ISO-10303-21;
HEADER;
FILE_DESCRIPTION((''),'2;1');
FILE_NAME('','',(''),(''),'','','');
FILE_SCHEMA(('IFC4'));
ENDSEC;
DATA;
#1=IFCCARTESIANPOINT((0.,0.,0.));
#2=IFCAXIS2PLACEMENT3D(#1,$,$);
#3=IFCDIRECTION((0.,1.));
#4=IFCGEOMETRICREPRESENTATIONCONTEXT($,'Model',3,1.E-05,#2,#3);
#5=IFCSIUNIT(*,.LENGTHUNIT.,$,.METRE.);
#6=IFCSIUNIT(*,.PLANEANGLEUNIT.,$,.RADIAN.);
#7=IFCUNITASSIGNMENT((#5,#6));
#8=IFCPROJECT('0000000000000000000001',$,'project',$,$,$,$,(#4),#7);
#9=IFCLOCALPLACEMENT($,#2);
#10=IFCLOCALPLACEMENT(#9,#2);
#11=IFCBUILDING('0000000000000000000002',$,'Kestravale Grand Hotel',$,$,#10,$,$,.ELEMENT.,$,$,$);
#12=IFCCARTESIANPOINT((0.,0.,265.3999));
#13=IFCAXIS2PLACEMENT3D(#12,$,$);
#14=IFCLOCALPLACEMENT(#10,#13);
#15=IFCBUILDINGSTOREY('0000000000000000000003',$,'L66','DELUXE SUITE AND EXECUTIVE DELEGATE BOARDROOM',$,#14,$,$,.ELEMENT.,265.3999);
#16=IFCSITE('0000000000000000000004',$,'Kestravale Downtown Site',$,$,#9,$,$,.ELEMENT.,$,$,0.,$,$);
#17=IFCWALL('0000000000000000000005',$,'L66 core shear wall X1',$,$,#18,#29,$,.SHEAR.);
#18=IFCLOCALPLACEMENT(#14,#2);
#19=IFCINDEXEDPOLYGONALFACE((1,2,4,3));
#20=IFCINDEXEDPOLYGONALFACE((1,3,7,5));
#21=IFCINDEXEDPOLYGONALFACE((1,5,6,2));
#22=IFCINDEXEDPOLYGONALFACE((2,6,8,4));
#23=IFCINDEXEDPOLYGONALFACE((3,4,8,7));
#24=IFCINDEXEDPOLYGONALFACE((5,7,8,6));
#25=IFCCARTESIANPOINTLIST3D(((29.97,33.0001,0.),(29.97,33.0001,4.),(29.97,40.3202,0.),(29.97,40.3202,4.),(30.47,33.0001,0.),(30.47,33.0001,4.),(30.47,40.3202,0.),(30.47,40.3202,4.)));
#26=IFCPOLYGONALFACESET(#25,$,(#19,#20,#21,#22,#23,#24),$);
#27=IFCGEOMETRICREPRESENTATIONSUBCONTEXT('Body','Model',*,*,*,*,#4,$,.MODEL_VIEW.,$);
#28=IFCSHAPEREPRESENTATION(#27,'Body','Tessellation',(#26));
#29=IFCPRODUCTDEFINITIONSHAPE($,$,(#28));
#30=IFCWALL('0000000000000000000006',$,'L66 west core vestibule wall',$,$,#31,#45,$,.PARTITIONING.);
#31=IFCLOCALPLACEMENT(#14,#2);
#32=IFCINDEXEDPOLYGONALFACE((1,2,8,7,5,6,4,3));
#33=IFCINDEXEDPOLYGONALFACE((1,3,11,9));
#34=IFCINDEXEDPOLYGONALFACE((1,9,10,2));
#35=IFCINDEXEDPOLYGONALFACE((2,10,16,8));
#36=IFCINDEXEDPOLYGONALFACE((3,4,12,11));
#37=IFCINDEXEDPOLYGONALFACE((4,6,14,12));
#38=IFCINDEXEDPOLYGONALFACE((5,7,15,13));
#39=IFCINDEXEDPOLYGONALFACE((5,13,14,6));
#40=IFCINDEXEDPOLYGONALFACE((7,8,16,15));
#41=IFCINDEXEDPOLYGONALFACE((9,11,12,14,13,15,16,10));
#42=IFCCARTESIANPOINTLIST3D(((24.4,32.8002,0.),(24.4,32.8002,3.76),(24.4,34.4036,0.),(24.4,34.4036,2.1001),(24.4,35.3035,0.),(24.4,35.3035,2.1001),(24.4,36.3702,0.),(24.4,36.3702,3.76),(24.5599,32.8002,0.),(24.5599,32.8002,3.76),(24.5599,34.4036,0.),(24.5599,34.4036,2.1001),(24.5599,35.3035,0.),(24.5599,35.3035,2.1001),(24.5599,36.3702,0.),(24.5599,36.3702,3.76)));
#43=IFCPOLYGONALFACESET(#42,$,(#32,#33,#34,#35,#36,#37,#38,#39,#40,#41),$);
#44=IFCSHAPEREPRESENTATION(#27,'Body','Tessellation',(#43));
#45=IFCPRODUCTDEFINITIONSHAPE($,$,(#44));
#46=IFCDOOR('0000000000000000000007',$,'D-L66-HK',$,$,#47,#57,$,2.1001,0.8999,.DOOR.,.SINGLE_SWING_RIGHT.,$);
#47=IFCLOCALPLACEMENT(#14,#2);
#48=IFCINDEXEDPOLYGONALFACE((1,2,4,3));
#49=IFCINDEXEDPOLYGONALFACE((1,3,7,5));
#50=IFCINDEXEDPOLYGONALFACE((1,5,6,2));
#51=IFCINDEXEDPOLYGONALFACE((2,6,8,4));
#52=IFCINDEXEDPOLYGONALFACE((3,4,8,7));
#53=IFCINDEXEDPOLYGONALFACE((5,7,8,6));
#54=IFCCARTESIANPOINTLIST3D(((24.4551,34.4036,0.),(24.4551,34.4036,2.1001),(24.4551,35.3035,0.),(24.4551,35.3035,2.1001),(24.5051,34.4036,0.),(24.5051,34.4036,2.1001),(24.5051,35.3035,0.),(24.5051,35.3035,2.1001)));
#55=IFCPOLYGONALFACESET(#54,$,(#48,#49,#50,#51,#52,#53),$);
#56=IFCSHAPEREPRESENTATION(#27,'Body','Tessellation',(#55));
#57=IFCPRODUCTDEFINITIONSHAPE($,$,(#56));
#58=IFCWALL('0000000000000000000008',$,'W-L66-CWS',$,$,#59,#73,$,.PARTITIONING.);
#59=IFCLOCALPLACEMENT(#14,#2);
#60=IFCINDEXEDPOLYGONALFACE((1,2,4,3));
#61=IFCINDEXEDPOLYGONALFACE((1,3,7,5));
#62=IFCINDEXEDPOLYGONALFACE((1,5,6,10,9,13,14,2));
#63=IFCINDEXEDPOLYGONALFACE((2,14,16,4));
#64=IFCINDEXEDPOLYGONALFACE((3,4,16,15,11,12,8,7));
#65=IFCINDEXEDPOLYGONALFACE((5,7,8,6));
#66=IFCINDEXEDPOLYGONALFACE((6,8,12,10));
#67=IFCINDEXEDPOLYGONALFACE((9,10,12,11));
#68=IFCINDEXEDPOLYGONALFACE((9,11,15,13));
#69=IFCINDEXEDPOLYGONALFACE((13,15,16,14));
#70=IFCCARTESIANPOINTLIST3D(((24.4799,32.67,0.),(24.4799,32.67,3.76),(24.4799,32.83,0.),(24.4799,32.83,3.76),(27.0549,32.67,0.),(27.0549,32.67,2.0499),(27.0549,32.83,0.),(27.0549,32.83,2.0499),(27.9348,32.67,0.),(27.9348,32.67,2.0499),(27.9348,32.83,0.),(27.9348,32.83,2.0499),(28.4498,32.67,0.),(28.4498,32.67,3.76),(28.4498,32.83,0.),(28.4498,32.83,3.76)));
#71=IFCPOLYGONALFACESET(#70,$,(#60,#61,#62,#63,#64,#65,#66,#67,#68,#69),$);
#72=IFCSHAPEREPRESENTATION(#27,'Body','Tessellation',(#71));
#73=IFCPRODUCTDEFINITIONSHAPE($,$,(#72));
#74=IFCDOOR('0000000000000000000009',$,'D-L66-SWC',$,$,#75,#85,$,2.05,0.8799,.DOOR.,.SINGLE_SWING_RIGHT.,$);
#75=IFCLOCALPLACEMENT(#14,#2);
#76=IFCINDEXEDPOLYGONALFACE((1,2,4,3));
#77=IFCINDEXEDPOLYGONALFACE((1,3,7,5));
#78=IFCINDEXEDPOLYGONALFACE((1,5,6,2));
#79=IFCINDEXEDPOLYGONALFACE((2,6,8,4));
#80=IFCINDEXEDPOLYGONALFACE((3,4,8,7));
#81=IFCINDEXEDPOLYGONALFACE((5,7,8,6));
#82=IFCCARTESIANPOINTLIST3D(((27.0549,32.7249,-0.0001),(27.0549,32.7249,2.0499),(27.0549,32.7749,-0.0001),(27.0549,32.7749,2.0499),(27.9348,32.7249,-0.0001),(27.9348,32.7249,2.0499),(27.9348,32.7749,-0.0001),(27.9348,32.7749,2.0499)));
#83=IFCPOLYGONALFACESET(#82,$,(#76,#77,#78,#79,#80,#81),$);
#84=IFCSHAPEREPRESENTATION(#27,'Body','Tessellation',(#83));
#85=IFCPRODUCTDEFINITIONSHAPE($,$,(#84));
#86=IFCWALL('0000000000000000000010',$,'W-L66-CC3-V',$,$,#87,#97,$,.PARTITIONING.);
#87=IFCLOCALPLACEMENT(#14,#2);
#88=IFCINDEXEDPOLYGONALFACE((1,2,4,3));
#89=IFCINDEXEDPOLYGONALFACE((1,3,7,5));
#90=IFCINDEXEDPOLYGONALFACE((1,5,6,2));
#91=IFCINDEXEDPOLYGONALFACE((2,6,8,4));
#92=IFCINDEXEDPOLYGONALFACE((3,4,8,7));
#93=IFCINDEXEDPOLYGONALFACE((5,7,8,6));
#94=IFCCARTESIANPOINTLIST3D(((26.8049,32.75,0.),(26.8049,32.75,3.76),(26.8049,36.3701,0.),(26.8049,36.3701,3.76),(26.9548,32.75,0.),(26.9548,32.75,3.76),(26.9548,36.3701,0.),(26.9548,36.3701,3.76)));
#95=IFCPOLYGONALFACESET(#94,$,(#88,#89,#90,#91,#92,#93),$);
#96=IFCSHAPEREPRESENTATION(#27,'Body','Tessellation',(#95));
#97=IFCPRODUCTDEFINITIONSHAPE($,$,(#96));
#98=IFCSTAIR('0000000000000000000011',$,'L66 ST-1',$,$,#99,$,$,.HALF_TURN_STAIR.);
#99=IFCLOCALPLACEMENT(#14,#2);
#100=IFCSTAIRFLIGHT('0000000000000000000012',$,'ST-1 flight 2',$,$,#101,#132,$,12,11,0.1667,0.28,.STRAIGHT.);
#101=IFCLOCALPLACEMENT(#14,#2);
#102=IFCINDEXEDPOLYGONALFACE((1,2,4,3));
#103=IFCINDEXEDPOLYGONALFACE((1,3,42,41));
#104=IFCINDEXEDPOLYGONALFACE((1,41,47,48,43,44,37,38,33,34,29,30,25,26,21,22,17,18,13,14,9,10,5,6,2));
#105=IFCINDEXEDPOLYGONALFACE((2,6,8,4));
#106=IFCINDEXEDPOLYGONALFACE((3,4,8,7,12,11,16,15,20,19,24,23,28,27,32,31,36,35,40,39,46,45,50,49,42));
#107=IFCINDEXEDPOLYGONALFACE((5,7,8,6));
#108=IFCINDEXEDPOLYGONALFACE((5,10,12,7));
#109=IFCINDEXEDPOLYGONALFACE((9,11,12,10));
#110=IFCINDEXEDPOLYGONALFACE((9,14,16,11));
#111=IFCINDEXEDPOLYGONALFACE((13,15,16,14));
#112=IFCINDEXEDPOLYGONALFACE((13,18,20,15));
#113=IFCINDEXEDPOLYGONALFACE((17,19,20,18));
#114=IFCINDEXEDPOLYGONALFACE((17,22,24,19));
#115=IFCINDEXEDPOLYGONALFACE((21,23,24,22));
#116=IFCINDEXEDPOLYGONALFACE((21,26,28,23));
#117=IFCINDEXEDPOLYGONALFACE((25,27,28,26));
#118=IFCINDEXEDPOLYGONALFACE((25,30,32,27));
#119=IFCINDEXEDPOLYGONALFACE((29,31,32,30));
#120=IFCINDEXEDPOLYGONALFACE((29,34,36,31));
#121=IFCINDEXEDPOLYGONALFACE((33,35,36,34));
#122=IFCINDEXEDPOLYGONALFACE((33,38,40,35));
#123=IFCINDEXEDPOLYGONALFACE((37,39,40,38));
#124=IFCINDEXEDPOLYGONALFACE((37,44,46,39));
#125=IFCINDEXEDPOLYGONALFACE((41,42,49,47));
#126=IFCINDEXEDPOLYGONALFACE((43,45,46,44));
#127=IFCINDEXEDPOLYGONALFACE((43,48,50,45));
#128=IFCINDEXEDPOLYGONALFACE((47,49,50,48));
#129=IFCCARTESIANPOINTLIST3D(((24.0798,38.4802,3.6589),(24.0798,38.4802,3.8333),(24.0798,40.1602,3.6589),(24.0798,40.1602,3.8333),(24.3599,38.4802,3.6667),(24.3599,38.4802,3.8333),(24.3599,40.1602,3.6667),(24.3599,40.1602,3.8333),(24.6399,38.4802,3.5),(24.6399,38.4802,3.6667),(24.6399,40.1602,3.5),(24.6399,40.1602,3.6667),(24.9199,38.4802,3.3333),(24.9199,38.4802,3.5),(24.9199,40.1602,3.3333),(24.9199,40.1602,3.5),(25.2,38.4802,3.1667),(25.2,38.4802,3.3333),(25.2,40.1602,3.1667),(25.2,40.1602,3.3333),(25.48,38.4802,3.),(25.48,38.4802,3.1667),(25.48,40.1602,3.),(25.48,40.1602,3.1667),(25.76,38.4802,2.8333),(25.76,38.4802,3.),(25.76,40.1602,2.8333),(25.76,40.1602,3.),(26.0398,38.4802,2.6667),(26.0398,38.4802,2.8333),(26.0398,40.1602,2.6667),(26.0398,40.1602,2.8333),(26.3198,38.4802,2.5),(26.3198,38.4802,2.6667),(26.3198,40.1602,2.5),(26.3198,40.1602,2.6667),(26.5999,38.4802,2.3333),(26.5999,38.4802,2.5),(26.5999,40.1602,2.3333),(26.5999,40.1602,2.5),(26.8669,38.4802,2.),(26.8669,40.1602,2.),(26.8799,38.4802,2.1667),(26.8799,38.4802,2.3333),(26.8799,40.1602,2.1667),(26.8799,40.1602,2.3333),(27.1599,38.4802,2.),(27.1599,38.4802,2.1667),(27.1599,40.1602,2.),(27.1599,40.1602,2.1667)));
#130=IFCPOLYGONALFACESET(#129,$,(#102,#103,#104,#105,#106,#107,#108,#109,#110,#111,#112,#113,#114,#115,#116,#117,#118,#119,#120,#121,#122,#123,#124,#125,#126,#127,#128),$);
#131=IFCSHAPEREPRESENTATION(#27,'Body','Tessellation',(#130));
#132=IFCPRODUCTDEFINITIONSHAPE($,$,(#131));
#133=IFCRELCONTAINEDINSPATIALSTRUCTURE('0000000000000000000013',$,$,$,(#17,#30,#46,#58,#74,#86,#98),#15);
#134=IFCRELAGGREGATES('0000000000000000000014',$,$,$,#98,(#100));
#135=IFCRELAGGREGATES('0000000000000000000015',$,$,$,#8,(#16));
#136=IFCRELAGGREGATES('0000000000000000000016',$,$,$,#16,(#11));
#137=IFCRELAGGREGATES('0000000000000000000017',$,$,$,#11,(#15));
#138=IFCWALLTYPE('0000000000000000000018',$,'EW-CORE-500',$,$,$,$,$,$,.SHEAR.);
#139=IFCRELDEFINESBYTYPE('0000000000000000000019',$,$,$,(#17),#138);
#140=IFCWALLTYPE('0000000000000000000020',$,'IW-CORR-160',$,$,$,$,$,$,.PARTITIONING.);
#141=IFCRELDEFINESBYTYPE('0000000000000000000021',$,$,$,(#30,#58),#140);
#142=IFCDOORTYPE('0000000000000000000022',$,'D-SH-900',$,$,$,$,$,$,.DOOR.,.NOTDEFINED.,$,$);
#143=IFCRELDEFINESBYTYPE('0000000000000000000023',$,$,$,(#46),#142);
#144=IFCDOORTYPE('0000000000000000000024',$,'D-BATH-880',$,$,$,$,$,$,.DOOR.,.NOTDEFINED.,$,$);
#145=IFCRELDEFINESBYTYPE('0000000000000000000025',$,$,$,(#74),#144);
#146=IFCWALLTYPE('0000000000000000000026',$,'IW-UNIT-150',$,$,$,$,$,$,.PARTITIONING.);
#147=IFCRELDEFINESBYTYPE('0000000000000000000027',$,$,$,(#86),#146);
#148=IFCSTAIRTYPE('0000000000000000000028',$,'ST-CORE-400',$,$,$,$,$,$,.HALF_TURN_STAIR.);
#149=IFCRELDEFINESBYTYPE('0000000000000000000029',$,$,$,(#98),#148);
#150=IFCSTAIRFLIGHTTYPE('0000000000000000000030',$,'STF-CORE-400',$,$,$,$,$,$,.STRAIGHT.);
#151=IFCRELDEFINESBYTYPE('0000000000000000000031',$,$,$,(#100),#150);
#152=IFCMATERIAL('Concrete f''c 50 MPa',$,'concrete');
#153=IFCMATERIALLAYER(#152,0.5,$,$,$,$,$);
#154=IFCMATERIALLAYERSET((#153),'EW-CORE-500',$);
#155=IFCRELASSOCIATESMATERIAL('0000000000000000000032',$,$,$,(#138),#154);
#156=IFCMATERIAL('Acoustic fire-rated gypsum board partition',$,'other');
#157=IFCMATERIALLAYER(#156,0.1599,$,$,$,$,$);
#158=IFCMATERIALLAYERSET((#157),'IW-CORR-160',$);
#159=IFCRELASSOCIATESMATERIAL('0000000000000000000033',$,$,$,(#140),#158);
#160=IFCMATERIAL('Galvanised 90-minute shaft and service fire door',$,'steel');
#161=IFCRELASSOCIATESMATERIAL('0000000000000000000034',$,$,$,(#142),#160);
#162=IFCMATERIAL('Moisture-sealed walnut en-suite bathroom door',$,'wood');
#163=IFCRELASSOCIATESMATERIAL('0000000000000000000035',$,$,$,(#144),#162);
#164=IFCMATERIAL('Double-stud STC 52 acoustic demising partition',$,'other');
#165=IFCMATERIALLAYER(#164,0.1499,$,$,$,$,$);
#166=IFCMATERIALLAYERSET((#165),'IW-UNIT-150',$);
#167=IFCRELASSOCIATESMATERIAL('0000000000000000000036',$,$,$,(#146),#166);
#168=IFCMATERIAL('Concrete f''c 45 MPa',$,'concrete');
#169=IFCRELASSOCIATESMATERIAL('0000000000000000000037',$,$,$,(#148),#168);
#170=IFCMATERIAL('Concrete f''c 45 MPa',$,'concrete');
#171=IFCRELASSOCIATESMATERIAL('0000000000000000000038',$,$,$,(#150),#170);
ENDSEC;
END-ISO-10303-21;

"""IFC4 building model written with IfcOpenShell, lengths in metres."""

from ifc_helpers import new_model, si_unit, direction, frame, frame_2d, origin, place, context, subcontext, project, spatial, polyline, rectangle, outline, extrude, material, layer, layer_set, type_object, element, fill, aggregate, save


model = new_model("IFC4")

# Units and contexts
model_context = context("Model", 3, precision=1e-05, world=origin(), true_north=direction((0.0, 1.0)))
body_context = subcontext(model_context, "Body", "Model", "MODEL_VIEW")
ifc_project = project(units=[si_unit("LENGTHUNIT", "METRE"), si_unit("PLANEANGLEUNIT", "RADIAN")], contexts=[model_context])

# Site, building, storey
site_placement = place(None, origin())
site = spatial("IfcSite", under=ifc_project, at=site_placement, Name="Kestravale Downtown Site", CompositionType="ELEMENT", RefElevation=0.0)
building_placement = place(site_placement, origin())
building = spatial("IfcBuilding", under=site, at=building_placement, Name="Kestravale Grand Hotel", CompositionType="ELEMENT")
storey_placement = place(building_placement, frame((0.0, 0.0, 265.3999)))
storey = spatial("IfcBuildingStorey", under=building, at=storey_placement, Name="L66", Description="DELUXE SUITE AND EXECUTIVE DELEGATE BOARDROOM", CompositionType="ELEMENT", Elevation=265.3999)

# Wall
ifc_material_1 = material(Name="Concrete f'c 50 MPa", Category="concrete")
ifc_layer_1 = layer(ifc_material_1, 0.5)
ifc_layer_set_1 = layer_set([ifc_layer_1], Name="EW-CORE-500")
wall_type_1 = type_object("IfcWallType", Name="EW-CORE-500", PredefinedType="SHEAR", material=ifc_layer_set_1)
wall_1_placement = place(storey_placement, frame((30.22, 33.0, 0.0), z_axis=(0.0, 0.0, 1.0), x_axis=(0.0, 1.0, 0.0)))
element("IfcWall", 1, at=wall_1_placement, inside=storey, type_object=wall_type_1, Name="L66 core shear wall X1", PredefinedType="SHEAR", context=body_context, shape_type="SweptSolid", body=[
    extrude(rectangle(XDim=7.3201, YDim=0.5, at=frame_2d((3.6602, 0.0))), origin(), (0.0, 0.0, 1.0), 4.0),
])

# Walls, openings, doors
ifc_material_2 = material(Name="Acoustic fire-rated gypsum board partition", Category="other")
ifc_layer_2 = layer(ifc_material_2, 0.1599)
ifc_layer_set_2 = layer_set([ifc_layer_2], Name="IW-CORR-160")
wall_type_2 = type_object("IfcWallType", Name="IW-CORR-160", PredefinedType="PARTITIONING", material=ifc_layer_set_2)
wall_2_placement = place(storey_placement, frame((24.48, 32.8, 0.0), z_axis=(0.0, 0.0, 1.0), x_axis=(0.0, 1.0, 0.0)))
wall_2 = element("IfcWall", 2, at=wall_2_placement, inside=storey, type_object=wall_type_2, Name="L66 west core vestibule wall", PredefinedType="PARTITIONING", context=body_context, shape_type="SweptSolid", body=[
    extrude(rectangle(XDim=3.5701, YDim=0.1599, at=frame_2d((1.7852, 0.0))), origin(), (0.0, 0.0, 1.0), 3.76),
])
opening_1_placement = place(wall_2_placement, frame((1.6035, 0.0, 0.0)))
opening_1 = element("IfcOpeningElement", 3, at=opening_1_placement, cuts=wall_2, PredefinedType="OPENING", context=body_context, shape_type="SweptSolid", body=[
    extrude(rectangle(XDim=0.8999, YDim=2.1001, at=frame_2d((0.45, 1.05))), frame((0.0, 0.0898, 0.0), z_axis=(0.0, -1.0, 0.0), x_axis=(1.0, 0.0, 0.0)), (0.0, 0.0, 1.0), 0.1799),
])
ifc_material_3 = material(Name="Galvanised 90-minute shaft and service fire door", Category="steel")
door_type_1 = type_object("IfcDoorType", Name="D-SH-900", OperationType="NOTDEFINED", PredefinedType="DOOR", material=ifc_material_3)
door_1_placement = place(opening_1_placement, origin())
door_1 = element("IfcDoor", 4, at=door_1_placement, inside=storey, type_object=door_type_1, Name="D-L66-HK", OperationType="SINGLE_SWING_RIGHT", OverallHeight=2.1001, OverallWidth=0.8999, PredefinedType="DOOR", context=body_context, shape_type="SweptSolid", body=[
    extrude(rectangle(XDim=0.8999, YDim=2.1001, at=frame_2d((0.45, 1.05))), frame((0.0, 0.0249, 0.0), z_axis=(0.0, -1.0, 0.0), x_axis=(1.0, 0.0, 0.0)), (0.0, 0.0, 1.0), 0.05),
])
fill(opening_1, door_1)
wall_3_placement = place(storey_placement, frame((24.48, 32.75, 0.0), z_axis=(0.0, 0.0, 1.0), x_axis=(1.0, 0.0, 0.0)))
wall_3 = element("IfcWall", 5, at=wall_3_placement, inside=storey, type_object=wall_type_2, Name="W-L66-CWS", PredefinedType="PARTITIONING", context=body_context, shape_type="SweptSolid", body=[
    extrude(rectangle(XDim=3.97, YDim=0.1599, at=frame_2d((1.9849, 0.0))), origin(), (0.0, 0.0, 1.0), 3.76),
])
opening_2_placement = place(wall_3_placement, frame((2.575, 0.0, 0.0)))
opening_2 = element("IfcOpeningElement", 6, at=opening_2_placement, cuts=wall_3, PredefinedType="OPENING", context=body_context, shape_type="SweptSolid", body=[
    extrude(rectangle(XDim=0.8799, YDim=2.05, at=frame_2d((0.4399, 1.0249))), frame((0.0, 0.0898, 0.0), z_axis=(0.0, -1.0, 0.0), x_axis=(1.0, 0.0, 0.0)), (0.0, 0.0, 1.0), 0.1799),
])
ifc_material_4 = material(Name="Moisture-sealed walnut en-suite bathroom door", Category="wood")
door_type_2 = type_object("IfcDoorType", Name="D-BATH-880", OperationType="NOTDEFINED", PredefinedType="DOOR", material=ifc_material_4)
door_2_placement = place(opening_2_placement, origin())
door_2 = element("IfcDoor", 7, at=door_2_placement, inside=storey, type_object=door_type_2, Name="D-L66-SWC", OperationType="SINGLE_SWING_RIGHT", OverallHeight=2.05, OverallWidth=0.8799, PredefinedType="DOOR", context=body_context, shape_type="SweptSolid", body=[
    extrude(rectangle(XDim=0.8799, YDim=2.05, at=frame_2d((0.4399, 1.0249))), frame((0.0, 0.0249, 0.0), z_axis=(0.0, -1.0, 0.0), x_axis=(1.0, 0.0, 0.0)), (0.0, 0.0, 1.0), 0.05),
])
fill(opening_2, door_2)

# Wall
ifc_material_5 = material(Name="Double-stud STC 52 acoustic demising partition", Category="other")
ifc_layer_3 = layer(ifc_material_5, 0.1499)
ifc_layer_set_3 = layer_set([ifc_layer_3], Name="IW-UNIT-150")
wall_type_3 = type_object("IfcWallType", Name="IW-UNIT-150", PredefinedType="PARTITIONING", material=ifc_layer_set_3)
wall_4_placement = place(storey_placement, frame((26.8799, 32.75, 0.0), z_axis=(0.0, 0.0, 1.0), x_axis=(0.0, 1.0, 0.0)))
element("IfcWall", 8, at=wall_4_placement, inside=storey, type_object=wall_type_3, Name="W-L66-CC3-V", PredefinedType="PARTITIONING", context=body_context, shape_type="SweptSolid", body=[
    extrude(rectangle(XDim=3.6201, YDim=0.1499, at=frame_2d((1.8101, 0.0))), origin(), (0.0, 0.0, 1.0), 3.76),
])

# Stair, stair flight
ifc_material_6 = material(Name="Concrete f'c 45 MPa", Category="concrete")
stair_type = type_object("IfcStairType", Name="ST-CORE-400", PredefinedType="HALF_TURN_STAIR", material=ifc_material_6)
stair_placement = place(storey_placement, origin())
stair = element("IfcStair", 9, at=stair_placement, inside=storey, type_object=stair_type, Name="L66 ST-1", PredefinedType="HALF_TURN_STAIR")
ifc_material_7 = material(Name="Concrete f'c 45 MPa", Category="concrete")
stair_flight_type = type_object("IfcStairFlightType", Name="STF-CORE-400", PredefinedType="STRAIGHT", material=ifc_material_7)
stair_flight_placement = place(storey_placement, frame((27.1599, 39.3201, 2.0), z_axis=(0.0, 0.0, 1.0), x_axis=(-1.0, 0.0, 0.0)))
stair_flight = element("IfcStairFlight", 10, at=stair_flight_placement, type_object=stair_flight_type, Name="ST-1 flight 2", NumberOfRisers=12, NumberOfTreads=11, PredefinedType="STRAIGHT", RiserHeight=0.1667, TreadLength=0.28, context=body_context, shape_type="SweptSolid", body=[
    extrude(outline(polyline([(0.0, 0.0), (0.0, 0.1667), (0.28, 0.1667), (0.28, 0.3333), (0.5601, 0.3333), (0.5601, 0.5), (0.8401, 0.5), (0.8401, 0.6667), (1.1201, 0.6667), (1.1201, 0.8333), (1.3999, 0.8333), (1.3999, 1.0), (1.6799, 1.0), (1.6799, 1.1667), (1.96, 1.1667), (1.96, 1.3333), (2.24, 1.3333), (2.24, 1.5), (2.52, 1.5), (2.52, 1.6667), (2.8, 1.6667), (2.8, 1.8333), (3.0801, 1.8333), (3.0801, 2.0), (3.0801, 1.6589), (0.293, 0.0), (0.0, 0.0)])), frame((0.0, 0.8398, 0.0), z_axis=(0.0, -1.0, 0.0), x_axis=(1.0, 0.0, 0.0)), (0.0, 0.0, 1.0), 1.6799),
])
aggregate(stair, [stair_flight])

save(model, "model.ifc")
